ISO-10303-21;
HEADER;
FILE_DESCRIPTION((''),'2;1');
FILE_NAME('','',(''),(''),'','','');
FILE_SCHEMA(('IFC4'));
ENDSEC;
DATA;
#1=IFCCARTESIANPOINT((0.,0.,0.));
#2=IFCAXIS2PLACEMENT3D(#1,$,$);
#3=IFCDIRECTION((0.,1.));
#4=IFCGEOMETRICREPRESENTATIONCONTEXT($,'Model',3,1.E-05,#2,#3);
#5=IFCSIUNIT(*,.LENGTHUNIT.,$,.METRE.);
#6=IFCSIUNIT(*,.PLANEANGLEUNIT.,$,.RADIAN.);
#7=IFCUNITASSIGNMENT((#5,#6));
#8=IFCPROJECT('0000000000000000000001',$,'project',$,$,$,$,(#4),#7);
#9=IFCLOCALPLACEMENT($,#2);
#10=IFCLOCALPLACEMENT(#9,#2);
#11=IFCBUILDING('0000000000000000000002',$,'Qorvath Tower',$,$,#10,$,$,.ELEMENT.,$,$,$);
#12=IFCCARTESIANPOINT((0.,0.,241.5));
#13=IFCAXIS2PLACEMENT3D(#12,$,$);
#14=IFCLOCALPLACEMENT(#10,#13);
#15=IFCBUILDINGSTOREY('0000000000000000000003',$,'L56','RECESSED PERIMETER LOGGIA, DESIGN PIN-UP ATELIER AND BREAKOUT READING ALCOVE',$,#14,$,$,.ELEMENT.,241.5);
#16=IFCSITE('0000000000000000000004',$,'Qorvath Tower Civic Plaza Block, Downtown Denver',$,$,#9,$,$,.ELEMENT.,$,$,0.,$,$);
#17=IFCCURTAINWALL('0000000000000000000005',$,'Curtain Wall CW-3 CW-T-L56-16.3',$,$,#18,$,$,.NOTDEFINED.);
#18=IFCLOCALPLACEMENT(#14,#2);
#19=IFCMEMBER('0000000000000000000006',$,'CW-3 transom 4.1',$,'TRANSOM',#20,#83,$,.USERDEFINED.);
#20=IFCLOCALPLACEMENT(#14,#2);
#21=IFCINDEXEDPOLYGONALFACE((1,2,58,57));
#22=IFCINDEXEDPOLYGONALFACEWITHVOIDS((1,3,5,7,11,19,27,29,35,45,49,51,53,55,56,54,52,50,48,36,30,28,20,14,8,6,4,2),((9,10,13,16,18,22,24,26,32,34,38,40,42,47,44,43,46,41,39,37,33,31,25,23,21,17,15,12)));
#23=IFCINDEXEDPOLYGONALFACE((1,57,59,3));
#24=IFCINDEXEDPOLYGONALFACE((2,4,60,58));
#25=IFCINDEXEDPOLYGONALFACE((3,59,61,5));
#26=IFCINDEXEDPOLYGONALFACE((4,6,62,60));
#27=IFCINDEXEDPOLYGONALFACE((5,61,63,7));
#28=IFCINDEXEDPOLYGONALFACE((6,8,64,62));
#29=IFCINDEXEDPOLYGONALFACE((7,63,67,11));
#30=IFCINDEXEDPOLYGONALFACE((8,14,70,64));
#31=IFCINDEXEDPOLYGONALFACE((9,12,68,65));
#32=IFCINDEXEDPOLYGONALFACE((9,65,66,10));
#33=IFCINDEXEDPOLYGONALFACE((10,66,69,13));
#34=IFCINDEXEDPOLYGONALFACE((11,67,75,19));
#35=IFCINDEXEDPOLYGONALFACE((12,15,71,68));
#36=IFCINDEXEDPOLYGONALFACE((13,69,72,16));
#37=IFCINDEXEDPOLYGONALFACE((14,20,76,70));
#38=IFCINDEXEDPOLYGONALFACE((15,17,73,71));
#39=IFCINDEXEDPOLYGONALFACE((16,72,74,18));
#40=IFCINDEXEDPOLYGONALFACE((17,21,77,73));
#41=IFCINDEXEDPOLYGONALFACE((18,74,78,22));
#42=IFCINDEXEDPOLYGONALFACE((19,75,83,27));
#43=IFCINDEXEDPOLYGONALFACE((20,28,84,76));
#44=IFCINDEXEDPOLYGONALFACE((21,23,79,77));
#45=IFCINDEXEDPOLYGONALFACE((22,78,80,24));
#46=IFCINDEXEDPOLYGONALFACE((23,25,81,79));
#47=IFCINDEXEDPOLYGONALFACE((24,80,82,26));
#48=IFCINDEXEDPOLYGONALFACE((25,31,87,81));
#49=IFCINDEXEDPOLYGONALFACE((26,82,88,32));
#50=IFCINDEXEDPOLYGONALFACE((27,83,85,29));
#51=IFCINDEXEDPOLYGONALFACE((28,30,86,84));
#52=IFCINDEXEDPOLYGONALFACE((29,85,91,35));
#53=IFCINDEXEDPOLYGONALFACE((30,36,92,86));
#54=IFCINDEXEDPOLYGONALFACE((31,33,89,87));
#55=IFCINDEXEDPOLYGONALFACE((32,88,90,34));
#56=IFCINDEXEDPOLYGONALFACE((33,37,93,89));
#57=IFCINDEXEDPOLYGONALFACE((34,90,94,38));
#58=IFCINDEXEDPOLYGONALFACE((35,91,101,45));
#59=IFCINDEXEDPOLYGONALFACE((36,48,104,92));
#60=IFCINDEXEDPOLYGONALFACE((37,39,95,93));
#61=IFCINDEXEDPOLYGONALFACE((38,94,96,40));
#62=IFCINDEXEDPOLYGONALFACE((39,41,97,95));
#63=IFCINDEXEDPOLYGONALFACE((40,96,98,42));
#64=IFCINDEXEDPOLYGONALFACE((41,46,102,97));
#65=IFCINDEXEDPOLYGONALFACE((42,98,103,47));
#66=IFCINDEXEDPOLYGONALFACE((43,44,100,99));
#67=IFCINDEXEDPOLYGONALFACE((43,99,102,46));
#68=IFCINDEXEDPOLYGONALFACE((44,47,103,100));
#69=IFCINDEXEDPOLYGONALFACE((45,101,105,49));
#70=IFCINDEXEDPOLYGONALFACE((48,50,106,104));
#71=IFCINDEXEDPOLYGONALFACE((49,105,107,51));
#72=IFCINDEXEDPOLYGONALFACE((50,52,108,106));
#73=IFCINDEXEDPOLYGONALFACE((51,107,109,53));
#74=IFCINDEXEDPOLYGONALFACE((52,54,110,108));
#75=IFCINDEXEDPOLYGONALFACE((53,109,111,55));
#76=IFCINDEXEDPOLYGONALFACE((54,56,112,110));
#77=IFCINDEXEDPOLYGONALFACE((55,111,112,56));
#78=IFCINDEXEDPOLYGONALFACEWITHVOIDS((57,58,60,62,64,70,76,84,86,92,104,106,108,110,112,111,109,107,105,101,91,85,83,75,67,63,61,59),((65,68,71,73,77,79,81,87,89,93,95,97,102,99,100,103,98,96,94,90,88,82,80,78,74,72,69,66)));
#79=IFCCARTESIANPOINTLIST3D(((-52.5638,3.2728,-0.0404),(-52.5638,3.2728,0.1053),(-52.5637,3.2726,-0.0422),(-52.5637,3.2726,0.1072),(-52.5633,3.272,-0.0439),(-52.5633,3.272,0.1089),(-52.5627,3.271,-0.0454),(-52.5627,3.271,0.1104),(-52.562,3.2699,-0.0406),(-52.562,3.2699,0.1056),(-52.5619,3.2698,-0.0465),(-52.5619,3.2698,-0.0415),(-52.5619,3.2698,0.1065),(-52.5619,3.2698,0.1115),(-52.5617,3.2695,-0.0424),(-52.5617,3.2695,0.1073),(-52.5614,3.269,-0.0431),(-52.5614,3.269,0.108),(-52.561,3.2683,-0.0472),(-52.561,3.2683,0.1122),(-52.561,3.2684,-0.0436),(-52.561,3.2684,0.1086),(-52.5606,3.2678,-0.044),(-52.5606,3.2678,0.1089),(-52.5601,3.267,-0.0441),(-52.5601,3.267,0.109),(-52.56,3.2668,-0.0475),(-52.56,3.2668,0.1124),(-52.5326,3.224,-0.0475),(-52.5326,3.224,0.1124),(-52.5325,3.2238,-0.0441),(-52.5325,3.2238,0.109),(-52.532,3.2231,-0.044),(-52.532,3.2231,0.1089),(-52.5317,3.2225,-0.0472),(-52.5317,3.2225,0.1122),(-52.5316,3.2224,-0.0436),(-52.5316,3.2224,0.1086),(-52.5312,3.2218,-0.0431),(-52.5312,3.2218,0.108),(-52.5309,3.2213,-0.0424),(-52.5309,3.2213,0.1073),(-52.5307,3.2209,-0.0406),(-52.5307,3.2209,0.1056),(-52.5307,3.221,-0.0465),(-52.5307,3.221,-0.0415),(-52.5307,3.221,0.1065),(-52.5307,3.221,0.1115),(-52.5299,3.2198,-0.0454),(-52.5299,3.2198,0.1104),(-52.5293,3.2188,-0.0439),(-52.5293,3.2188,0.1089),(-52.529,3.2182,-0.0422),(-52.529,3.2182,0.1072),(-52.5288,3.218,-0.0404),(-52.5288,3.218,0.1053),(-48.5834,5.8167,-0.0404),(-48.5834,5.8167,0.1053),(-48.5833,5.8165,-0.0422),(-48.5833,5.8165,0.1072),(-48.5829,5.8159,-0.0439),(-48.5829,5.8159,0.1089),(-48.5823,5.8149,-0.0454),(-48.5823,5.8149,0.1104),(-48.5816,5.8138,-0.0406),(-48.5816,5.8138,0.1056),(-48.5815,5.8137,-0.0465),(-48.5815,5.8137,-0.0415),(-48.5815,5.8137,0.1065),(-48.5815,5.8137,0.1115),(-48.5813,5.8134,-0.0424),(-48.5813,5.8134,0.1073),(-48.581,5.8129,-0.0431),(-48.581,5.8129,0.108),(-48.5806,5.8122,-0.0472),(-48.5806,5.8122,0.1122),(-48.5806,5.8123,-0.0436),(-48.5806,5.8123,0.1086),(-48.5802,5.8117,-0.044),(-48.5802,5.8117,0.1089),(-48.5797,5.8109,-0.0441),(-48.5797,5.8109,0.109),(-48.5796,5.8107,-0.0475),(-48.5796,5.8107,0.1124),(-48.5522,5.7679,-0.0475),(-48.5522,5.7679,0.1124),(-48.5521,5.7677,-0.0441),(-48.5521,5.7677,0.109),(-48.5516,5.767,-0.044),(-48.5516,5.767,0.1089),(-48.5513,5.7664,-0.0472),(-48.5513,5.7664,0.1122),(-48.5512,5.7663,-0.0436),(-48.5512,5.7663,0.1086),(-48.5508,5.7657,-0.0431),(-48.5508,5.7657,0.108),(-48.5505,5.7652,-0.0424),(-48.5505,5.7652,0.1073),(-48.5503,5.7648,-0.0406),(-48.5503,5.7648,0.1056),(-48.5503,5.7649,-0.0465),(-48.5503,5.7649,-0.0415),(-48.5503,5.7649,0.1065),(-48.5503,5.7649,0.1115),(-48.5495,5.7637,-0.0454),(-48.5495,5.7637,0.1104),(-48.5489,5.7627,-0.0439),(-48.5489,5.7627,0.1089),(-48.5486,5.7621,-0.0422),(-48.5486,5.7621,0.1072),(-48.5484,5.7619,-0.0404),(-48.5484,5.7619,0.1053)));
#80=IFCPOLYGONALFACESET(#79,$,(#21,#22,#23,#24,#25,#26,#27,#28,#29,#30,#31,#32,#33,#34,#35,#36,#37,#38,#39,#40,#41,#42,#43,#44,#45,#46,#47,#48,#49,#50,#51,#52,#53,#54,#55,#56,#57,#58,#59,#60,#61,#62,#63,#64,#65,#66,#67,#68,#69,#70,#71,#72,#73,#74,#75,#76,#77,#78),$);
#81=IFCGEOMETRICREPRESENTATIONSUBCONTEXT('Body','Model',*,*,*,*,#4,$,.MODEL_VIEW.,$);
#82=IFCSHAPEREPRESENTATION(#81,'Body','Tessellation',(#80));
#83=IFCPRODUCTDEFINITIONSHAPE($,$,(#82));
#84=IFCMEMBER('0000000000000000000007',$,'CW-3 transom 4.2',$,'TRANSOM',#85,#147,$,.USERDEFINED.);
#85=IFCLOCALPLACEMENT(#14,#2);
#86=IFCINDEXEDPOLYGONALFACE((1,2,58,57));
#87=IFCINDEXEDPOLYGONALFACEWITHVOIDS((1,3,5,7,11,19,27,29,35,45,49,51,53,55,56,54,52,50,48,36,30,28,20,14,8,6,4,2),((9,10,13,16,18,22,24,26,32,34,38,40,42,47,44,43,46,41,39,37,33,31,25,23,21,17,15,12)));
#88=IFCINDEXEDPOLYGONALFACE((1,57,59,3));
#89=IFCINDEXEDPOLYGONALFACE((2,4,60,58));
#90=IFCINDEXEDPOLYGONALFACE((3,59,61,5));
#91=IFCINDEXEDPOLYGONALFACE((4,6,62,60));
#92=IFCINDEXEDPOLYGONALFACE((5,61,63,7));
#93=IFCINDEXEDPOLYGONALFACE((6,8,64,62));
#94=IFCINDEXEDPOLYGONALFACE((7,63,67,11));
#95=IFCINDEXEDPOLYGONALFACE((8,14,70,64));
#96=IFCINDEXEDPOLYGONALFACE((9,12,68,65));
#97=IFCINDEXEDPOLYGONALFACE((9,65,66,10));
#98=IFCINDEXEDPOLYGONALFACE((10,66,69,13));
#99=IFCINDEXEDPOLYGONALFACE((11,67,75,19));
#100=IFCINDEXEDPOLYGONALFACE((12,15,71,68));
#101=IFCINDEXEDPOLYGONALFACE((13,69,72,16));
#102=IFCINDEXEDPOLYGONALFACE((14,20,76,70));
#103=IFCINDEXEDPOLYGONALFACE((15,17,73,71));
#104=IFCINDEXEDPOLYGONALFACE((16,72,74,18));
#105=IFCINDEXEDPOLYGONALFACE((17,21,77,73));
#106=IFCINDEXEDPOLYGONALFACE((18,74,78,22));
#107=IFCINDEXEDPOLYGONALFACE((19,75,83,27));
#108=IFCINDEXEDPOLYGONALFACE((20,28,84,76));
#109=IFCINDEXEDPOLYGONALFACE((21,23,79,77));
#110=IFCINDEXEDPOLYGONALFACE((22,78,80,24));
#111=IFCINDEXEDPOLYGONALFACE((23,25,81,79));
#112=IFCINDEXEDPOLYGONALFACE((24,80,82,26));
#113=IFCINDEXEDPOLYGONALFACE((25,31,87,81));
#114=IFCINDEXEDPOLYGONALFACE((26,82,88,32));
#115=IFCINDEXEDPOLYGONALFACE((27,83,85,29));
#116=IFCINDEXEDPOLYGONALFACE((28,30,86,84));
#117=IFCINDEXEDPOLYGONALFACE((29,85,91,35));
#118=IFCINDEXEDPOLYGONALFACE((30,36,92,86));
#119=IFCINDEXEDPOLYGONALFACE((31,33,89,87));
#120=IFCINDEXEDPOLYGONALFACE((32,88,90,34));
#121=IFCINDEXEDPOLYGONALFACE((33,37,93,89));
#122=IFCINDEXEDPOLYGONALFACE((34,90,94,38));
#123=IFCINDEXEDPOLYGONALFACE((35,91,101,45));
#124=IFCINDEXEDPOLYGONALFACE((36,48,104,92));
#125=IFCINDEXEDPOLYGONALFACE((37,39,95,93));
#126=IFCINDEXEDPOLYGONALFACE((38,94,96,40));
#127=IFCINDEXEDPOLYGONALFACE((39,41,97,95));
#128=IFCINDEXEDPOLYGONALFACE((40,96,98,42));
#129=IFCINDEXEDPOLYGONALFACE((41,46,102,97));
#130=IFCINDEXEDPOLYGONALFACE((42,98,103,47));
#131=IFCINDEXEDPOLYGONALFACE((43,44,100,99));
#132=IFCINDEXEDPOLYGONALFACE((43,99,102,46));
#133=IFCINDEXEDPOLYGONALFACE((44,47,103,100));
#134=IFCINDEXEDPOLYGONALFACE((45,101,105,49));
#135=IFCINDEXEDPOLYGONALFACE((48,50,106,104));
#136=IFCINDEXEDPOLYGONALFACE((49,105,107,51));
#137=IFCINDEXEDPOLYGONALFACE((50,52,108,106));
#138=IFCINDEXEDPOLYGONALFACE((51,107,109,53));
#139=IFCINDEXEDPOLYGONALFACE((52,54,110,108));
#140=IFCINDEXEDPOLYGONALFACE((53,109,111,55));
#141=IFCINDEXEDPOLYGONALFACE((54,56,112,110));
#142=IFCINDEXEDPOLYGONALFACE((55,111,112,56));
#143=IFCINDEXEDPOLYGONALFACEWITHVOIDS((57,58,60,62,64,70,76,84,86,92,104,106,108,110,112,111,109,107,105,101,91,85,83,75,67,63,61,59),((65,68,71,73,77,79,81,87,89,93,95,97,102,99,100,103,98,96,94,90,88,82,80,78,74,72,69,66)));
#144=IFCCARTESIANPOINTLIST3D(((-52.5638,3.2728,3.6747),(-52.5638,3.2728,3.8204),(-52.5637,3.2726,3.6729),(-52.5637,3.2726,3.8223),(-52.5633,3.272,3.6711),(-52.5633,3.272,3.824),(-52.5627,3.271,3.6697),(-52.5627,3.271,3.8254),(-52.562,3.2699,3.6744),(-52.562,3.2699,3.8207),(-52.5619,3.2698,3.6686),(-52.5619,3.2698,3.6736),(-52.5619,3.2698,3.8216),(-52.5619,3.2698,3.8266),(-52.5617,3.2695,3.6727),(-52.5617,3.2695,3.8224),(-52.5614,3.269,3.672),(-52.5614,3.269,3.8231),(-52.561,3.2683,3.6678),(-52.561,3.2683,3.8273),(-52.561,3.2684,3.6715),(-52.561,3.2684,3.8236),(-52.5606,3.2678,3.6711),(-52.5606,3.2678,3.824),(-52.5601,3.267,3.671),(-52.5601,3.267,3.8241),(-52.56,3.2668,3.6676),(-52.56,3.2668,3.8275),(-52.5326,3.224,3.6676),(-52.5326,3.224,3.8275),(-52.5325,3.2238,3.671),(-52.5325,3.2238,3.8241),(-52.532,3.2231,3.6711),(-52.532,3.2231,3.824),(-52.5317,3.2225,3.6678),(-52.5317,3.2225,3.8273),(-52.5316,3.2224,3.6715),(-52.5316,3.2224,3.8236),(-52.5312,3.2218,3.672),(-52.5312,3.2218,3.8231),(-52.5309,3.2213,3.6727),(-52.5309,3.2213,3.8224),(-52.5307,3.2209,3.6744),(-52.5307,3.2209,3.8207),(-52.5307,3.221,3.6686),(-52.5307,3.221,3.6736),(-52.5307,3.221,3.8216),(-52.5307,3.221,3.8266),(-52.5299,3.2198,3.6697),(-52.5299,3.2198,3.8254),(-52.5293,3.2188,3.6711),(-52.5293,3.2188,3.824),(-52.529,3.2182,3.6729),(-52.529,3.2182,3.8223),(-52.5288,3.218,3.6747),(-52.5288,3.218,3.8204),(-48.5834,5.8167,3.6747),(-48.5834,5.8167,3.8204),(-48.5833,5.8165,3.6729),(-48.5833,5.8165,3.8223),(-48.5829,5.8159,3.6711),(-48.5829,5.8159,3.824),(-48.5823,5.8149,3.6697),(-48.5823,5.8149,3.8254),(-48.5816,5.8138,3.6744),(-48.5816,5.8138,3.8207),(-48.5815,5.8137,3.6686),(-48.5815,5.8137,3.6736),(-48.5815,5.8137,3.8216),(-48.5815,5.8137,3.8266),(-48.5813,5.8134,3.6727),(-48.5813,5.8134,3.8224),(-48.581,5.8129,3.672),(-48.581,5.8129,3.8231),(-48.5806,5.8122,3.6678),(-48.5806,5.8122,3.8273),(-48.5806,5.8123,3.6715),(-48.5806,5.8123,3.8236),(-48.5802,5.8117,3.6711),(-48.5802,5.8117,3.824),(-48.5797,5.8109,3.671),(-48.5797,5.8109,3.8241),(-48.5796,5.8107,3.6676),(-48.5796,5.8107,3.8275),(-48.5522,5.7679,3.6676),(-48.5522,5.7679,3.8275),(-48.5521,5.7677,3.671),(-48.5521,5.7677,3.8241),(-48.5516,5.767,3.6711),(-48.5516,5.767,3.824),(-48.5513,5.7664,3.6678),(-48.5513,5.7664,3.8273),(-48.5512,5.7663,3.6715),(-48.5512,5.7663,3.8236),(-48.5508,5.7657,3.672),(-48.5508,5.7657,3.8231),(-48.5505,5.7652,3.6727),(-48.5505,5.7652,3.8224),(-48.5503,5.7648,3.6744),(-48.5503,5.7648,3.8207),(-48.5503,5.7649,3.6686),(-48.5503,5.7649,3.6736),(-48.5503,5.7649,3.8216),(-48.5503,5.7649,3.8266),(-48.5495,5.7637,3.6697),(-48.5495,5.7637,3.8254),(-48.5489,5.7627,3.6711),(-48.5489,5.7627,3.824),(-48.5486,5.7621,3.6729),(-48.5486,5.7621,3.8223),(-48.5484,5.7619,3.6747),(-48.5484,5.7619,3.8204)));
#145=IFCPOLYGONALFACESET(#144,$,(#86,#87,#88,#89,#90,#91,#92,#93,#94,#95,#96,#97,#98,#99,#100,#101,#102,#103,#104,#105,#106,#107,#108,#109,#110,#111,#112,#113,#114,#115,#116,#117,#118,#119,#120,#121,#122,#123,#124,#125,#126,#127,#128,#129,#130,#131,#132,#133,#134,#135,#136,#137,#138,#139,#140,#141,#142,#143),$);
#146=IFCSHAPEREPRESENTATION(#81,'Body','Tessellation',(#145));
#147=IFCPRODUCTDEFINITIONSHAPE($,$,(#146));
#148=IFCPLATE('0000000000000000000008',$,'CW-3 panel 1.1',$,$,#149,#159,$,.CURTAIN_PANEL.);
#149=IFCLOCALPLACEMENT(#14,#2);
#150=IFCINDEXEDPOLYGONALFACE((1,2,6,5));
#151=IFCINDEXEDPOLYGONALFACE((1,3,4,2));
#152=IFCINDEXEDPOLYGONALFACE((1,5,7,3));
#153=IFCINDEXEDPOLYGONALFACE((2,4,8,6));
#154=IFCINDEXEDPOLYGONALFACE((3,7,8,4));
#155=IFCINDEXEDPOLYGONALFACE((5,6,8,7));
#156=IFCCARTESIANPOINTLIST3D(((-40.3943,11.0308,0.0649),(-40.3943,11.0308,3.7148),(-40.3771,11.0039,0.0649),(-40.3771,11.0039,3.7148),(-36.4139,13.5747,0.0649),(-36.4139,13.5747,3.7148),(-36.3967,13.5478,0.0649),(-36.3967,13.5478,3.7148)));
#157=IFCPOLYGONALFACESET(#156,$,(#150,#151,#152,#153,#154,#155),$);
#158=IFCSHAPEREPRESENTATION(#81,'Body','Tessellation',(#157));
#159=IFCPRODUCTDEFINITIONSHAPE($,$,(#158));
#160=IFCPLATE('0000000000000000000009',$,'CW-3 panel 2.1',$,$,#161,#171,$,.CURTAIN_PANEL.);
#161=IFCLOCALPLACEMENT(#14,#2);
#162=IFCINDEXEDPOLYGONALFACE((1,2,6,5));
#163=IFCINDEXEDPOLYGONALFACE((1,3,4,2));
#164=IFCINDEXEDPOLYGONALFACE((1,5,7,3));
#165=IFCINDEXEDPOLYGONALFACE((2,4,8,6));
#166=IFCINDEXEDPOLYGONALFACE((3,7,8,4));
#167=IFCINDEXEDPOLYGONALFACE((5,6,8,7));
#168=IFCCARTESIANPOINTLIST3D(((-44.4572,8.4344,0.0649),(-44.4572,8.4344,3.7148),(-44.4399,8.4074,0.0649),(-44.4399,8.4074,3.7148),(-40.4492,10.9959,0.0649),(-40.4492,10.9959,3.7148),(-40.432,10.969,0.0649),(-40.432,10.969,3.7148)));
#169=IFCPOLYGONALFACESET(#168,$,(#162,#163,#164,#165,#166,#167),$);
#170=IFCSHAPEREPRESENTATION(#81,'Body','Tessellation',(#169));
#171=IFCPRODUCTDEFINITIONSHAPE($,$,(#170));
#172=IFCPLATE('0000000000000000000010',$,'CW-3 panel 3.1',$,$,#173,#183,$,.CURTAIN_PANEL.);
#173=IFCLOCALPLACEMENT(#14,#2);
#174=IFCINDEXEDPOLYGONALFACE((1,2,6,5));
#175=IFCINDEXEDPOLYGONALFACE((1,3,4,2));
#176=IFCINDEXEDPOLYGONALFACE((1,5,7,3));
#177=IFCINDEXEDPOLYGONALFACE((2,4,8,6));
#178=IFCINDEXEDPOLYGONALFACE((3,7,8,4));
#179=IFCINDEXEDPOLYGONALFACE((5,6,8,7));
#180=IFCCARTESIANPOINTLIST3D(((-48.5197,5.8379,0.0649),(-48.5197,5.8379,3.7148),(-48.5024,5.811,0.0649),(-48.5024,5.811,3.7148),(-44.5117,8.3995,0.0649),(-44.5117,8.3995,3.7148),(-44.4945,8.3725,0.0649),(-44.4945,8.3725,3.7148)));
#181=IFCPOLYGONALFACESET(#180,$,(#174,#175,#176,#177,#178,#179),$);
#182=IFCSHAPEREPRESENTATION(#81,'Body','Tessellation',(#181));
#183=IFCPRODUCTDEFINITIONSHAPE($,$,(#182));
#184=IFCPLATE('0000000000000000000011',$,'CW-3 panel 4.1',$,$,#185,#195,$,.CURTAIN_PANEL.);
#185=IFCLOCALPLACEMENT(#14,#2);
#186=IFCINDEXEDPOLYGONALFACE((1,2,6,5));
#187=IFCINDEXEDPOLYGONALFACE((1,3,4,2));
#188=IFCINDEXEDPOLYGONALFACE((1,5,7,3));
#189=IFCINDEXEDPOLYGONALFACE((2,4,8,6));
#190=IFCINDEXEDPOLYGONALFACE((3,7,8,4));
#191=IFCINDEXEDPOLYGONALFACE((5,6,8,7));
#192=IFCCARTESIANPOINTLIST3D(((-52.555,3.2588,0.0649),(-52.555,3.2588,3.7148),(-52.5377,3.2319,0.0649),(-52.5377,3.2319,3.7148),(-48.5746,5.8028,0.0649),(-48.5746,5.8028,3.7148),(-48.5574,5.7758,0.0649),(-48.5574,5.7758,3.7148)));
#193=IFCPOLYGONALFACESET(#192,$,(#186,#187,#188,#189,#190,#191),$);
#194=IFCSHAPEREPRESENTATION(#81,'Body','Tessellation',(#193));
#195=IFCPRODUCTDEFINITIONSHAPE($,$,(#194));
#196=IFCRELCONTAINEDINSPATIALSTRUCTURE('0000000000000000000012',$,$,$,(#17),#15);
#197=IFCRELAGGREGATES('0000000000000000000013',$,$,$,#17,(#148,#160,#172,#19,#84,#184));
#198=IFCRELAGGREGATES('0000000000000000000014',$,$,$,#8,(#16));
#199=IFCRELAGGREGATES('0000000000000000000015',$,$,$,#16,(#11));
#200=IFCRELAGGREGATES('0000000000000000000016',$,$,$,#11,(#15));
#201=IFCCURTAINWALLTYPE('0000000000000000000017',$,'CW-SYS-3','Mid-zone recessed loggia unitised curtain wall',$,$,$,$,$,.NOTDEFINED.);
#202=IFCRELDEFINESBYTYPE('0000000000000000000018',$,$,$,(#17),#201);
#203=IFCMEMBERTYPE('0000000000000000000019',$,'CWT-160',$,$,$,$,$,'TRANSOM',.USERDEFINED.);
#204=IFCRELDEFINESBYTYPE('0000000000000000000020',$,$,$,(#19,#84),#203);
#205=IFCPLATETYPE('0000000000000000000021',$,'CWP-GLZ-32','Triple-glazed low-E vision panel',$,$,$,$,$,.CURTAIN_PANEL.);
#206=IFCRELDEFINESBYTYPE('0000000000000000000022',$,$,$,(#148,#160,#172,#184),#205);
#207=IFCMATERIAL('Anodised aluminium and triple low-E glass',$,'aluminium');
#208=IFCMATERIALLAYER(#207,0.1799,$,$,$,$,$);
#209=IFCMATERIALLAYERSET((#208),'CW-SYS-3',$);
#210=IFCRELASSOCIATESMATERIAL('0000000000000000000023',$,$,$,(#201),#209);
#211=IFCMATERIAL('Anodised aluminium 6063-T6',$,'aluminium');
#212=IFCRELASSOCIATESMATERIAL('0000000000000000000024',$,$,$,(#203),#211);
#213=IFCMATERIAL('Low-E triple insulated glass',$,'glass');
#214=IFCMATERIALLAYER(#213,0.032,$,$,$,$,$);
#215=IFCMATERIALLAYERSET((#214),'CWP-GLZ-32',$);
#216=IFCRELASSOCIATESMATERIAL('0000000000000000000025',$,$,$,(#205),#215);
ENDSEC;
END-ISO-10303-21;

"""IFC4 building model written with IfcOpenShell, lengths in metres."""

from ifc_helpers import new_model, si_unit, direction, frame, origin, origin_2d, place, context, subcontext, project, spatial, rectangle, hollow_rectangle, extrude, material, layer, layer_set, material_profile, profile_set, type_object, element, aggregate, save


model = new_model("IFC4")

# Units and contexts
model_context = context("Model", 3, precision=1e-05, world=origin(), true_north=direction((0.0, 1.0)))
body_context = subcontext(model_context, "Body", "Model", "MODEL_VIEW")
ifc_project = project(units=[si_unit("LENGTHUNIT", "METRE"), si_unit("PLANEANGLEUNIT", "RADIAN")], contexts=[model_context])

# Site, building, storey
site_placement = place(None, origin())
site = spatial("IfcSite", under=ifc_project, at=site_placement, Name="Qorvath Tower Civic Plaza Block, Downtown Denver", CompositionType="ELEMENT", RefElevation=0.0)
building_placement = place(site_placement, origin())
building = spatial("IfcBuilding", under=site, at=building_placement, Name="Qorvath Tower", CompositionType="ELEMENT")
storey_placement = place(building_placement, frame((0.0, 0.0, 241.5)))
storey = spatial("IfcBuildingStorey", under=building, at=storey_placement, Name="L56", Description="RECESSED PERIMETER LOGGIA, DESIGN PIN-UP ATELIER AND BREAKOUT READING ALCOVE", CompositionType="ELEMENT", Elevation=241.5)

# Curtain wall, members, plates
ifc_material_1 = material(Name="Anodised aluminium and triple low-E glass", Category="aluminium")
ifc_layer_1 = layer(ifc_material_1, 0.1799)
ifc_layer_set_1 = layer_set([ifc_layer_1], Name="CW-SYS-3")
curtain_wall_type = type_object("IfcCurtainWallType", Name="CW-SYS-3", Description="Mid-zone recessed loggia unitised curtain wall", PredefinedType="NOTDEFINED", material=ifc_layer_set_1)
curtain_wall_placement = place(storey_placement, origin())
curtain_wall = element("IfcCurtainWall", 1, at=curtain_wall_placement, inside=storey, type_object=curtain_wall_type, Name="Curtain Wall CW-3 CW-T-L56-16.3", PredefinedType="NOTDEFINED")
ifc_material_2 = material(Name="Anodised aluminium 6063-T6", Category="aluminium")
ifc_material_profile_1 = material_profile(ifc_material_2, hollow_rectangle(XDim=0.0649, YDim=0.1599, WallThickness=0.0034, InnerFilletRadius=0.0034, OuterFilletRadius=0.0071, at=origin_2d()), Name="CWT 160x65")
ifc_profile_set_1 = profile_set([ifc_material_profile_1], Name="Anodised aluminium 6063-T6")
member_type_1 = type_object("IfcMemberType", Name="CWT-160", ElementType="TRANSOM", PredefinedType="USERDEFINED", material=ifc_profile_set_1)
member_1_placement = place(storey_placement, frame((-48.5659, 5.7893, 0.0325), z_axis=(-0.842613, -0.53852, 0.0), x_axis=(0.53852, -0.842613, 0.0)))
member_1 = element("IfcMember", 2, at=member_1_placement, type_object=member_type_1, Name="CW-3 transom 4.1", ObjectType="TRANSOM", PredefinedType="USERDEFINED", context=body_context, shape_type="SweptSolid", body=[
    extrude(hollow_rectangle(XDim=0.0649, YDim=0.1599, WallThickness=0.0034, InnerFilletRadius=0.0034, OuterFilletRadius=0.0071, at=origin_2d()), origin(), (0.0, 0.0, 1.0), 4.7239),
])
member_2_placement = place(storey_placement, frame((-48.5659, 5.7893, 3.7476), z_axis=(-0.842613, -0.53852, 0.0), x_axis=(0.53852, -0.842613, 0.0)))
member_2 = element("IfcMember", 3, at=member_2_placement, type_object=member_type_1, Name="CW-3 transom 4.2", ObjectType="TRANSOM", PredefinedType="USERDEFINED", context=body_context, shape_type="SweptSolid", body=[
    extrude(hollow_rectangle(XDim=0.0649, YDim=0.1599, WallThickness=0.0034, InnerFilletRadius=0.0034, OuterFilletRadius=0.0071, at=origin_2d()), origin(), (0.0, 0.0, 1.0), 4.7239),
])
ifc_material_3 = material(Name="Low-E triple insulated glass", Category="glass")
ifc_layer_2 = layer(ifc_material_3, 0.032)
ifc_layer_set_2 = layer_set([ifc_layer_2], Name="CWP-GLZ-32")
plate_type = type_object("IfcPlateType", Name="CWP-GLZ-32", Description="Triple-glazed low-E vision panel", PredefinedType="CURTAIN_PANEL", material=ifc_layer_set_2)
plate_1_placement = place(storey_placement, frame((-38.3955, 12.2893, 0.0649), z_axis=(0.0, 0.0, 1.0), x_axis=(-0.842608, -0.538527, 0.0)))
plate_1 = element("IfcPlate", 4, at=plate_1_placement, type_object=plate_type, Name="CW-3 panel 1.1", PredefinedType="CURTAIN_PANEL", context=body_context, shape_type="SweptSolid", body=[
    extrude(rectangle(XDim=4.7239, YDim=0.032, at=origin_2d()), origin(), (0.0, 0.0, 1.0), 3.6499),
])
plate_2_placement = place(storey_placement, frame((-42.4446, 9.7017, 0.0649), z_axis=(0.0, 0.0, 1.0), x_axis=(-0.842608, -0.538527, 0.0)))
plate_2 = element("IfcPlate", 5, at=plate_2_placement, type_object=plate_type, Name="CW-3 panel 2.1", PredefinedType="CURTAIN_PANEL", context=body_context, shape_type="SweptSolid", body=[
    extrude(rectangle(XDim=4.7566, YDim=0.032, at=origin_2d()), origin(), (0.0, 0.0, 1.0), 3.6499),
])
plate_3_placement = place(storey_placement, frame((-46.5071, 7.1052, 0.0649), z_axis=(0.0, 0.0, 1.0), x_axis=(-0.842608, -0.538527, 0.0)))
plate_3 = element("IfcPlate", 6, at=plate_3_placement, type_object=plate_type, Name="CW-3 panel 3.1", PredefinedType="CURTAIN_PANEL", context=body_context, shape_type="SweptSolid", body=[
    extrude(rectangle(XDim=4.7566, YDim=0.032, at=origin_2d()), origin(), (0.0, 0.0, 1.0), 3.6499),
])
plate_4_placement = place(storey_placement, frame((-50.5562, 4.5173, 0.0649), z_axis=(0.0, 0.0, 1.0), x_axis=(-0.842608, -0.538527, 0.0)))
plate_4 = element("IfcPlate", 7, at=plate_4_placement, type_object=plate_type, Name="CW-3 panel 4.1", PredefinedType="CURTAIN_PANEL", context=body_context, shape_type="SweptSolid", body=[
    extrude(rectangle(XDim=4.7239, YDim=0.032, at=origin_2d()), origin(), (0.0, 0.0, 1.0), 3.6499),
])
aggregate(curtain_wall, [plate_1, plate_2, plate_3, member_1, member_2, plate_4])

save(model, "model.ifc")
